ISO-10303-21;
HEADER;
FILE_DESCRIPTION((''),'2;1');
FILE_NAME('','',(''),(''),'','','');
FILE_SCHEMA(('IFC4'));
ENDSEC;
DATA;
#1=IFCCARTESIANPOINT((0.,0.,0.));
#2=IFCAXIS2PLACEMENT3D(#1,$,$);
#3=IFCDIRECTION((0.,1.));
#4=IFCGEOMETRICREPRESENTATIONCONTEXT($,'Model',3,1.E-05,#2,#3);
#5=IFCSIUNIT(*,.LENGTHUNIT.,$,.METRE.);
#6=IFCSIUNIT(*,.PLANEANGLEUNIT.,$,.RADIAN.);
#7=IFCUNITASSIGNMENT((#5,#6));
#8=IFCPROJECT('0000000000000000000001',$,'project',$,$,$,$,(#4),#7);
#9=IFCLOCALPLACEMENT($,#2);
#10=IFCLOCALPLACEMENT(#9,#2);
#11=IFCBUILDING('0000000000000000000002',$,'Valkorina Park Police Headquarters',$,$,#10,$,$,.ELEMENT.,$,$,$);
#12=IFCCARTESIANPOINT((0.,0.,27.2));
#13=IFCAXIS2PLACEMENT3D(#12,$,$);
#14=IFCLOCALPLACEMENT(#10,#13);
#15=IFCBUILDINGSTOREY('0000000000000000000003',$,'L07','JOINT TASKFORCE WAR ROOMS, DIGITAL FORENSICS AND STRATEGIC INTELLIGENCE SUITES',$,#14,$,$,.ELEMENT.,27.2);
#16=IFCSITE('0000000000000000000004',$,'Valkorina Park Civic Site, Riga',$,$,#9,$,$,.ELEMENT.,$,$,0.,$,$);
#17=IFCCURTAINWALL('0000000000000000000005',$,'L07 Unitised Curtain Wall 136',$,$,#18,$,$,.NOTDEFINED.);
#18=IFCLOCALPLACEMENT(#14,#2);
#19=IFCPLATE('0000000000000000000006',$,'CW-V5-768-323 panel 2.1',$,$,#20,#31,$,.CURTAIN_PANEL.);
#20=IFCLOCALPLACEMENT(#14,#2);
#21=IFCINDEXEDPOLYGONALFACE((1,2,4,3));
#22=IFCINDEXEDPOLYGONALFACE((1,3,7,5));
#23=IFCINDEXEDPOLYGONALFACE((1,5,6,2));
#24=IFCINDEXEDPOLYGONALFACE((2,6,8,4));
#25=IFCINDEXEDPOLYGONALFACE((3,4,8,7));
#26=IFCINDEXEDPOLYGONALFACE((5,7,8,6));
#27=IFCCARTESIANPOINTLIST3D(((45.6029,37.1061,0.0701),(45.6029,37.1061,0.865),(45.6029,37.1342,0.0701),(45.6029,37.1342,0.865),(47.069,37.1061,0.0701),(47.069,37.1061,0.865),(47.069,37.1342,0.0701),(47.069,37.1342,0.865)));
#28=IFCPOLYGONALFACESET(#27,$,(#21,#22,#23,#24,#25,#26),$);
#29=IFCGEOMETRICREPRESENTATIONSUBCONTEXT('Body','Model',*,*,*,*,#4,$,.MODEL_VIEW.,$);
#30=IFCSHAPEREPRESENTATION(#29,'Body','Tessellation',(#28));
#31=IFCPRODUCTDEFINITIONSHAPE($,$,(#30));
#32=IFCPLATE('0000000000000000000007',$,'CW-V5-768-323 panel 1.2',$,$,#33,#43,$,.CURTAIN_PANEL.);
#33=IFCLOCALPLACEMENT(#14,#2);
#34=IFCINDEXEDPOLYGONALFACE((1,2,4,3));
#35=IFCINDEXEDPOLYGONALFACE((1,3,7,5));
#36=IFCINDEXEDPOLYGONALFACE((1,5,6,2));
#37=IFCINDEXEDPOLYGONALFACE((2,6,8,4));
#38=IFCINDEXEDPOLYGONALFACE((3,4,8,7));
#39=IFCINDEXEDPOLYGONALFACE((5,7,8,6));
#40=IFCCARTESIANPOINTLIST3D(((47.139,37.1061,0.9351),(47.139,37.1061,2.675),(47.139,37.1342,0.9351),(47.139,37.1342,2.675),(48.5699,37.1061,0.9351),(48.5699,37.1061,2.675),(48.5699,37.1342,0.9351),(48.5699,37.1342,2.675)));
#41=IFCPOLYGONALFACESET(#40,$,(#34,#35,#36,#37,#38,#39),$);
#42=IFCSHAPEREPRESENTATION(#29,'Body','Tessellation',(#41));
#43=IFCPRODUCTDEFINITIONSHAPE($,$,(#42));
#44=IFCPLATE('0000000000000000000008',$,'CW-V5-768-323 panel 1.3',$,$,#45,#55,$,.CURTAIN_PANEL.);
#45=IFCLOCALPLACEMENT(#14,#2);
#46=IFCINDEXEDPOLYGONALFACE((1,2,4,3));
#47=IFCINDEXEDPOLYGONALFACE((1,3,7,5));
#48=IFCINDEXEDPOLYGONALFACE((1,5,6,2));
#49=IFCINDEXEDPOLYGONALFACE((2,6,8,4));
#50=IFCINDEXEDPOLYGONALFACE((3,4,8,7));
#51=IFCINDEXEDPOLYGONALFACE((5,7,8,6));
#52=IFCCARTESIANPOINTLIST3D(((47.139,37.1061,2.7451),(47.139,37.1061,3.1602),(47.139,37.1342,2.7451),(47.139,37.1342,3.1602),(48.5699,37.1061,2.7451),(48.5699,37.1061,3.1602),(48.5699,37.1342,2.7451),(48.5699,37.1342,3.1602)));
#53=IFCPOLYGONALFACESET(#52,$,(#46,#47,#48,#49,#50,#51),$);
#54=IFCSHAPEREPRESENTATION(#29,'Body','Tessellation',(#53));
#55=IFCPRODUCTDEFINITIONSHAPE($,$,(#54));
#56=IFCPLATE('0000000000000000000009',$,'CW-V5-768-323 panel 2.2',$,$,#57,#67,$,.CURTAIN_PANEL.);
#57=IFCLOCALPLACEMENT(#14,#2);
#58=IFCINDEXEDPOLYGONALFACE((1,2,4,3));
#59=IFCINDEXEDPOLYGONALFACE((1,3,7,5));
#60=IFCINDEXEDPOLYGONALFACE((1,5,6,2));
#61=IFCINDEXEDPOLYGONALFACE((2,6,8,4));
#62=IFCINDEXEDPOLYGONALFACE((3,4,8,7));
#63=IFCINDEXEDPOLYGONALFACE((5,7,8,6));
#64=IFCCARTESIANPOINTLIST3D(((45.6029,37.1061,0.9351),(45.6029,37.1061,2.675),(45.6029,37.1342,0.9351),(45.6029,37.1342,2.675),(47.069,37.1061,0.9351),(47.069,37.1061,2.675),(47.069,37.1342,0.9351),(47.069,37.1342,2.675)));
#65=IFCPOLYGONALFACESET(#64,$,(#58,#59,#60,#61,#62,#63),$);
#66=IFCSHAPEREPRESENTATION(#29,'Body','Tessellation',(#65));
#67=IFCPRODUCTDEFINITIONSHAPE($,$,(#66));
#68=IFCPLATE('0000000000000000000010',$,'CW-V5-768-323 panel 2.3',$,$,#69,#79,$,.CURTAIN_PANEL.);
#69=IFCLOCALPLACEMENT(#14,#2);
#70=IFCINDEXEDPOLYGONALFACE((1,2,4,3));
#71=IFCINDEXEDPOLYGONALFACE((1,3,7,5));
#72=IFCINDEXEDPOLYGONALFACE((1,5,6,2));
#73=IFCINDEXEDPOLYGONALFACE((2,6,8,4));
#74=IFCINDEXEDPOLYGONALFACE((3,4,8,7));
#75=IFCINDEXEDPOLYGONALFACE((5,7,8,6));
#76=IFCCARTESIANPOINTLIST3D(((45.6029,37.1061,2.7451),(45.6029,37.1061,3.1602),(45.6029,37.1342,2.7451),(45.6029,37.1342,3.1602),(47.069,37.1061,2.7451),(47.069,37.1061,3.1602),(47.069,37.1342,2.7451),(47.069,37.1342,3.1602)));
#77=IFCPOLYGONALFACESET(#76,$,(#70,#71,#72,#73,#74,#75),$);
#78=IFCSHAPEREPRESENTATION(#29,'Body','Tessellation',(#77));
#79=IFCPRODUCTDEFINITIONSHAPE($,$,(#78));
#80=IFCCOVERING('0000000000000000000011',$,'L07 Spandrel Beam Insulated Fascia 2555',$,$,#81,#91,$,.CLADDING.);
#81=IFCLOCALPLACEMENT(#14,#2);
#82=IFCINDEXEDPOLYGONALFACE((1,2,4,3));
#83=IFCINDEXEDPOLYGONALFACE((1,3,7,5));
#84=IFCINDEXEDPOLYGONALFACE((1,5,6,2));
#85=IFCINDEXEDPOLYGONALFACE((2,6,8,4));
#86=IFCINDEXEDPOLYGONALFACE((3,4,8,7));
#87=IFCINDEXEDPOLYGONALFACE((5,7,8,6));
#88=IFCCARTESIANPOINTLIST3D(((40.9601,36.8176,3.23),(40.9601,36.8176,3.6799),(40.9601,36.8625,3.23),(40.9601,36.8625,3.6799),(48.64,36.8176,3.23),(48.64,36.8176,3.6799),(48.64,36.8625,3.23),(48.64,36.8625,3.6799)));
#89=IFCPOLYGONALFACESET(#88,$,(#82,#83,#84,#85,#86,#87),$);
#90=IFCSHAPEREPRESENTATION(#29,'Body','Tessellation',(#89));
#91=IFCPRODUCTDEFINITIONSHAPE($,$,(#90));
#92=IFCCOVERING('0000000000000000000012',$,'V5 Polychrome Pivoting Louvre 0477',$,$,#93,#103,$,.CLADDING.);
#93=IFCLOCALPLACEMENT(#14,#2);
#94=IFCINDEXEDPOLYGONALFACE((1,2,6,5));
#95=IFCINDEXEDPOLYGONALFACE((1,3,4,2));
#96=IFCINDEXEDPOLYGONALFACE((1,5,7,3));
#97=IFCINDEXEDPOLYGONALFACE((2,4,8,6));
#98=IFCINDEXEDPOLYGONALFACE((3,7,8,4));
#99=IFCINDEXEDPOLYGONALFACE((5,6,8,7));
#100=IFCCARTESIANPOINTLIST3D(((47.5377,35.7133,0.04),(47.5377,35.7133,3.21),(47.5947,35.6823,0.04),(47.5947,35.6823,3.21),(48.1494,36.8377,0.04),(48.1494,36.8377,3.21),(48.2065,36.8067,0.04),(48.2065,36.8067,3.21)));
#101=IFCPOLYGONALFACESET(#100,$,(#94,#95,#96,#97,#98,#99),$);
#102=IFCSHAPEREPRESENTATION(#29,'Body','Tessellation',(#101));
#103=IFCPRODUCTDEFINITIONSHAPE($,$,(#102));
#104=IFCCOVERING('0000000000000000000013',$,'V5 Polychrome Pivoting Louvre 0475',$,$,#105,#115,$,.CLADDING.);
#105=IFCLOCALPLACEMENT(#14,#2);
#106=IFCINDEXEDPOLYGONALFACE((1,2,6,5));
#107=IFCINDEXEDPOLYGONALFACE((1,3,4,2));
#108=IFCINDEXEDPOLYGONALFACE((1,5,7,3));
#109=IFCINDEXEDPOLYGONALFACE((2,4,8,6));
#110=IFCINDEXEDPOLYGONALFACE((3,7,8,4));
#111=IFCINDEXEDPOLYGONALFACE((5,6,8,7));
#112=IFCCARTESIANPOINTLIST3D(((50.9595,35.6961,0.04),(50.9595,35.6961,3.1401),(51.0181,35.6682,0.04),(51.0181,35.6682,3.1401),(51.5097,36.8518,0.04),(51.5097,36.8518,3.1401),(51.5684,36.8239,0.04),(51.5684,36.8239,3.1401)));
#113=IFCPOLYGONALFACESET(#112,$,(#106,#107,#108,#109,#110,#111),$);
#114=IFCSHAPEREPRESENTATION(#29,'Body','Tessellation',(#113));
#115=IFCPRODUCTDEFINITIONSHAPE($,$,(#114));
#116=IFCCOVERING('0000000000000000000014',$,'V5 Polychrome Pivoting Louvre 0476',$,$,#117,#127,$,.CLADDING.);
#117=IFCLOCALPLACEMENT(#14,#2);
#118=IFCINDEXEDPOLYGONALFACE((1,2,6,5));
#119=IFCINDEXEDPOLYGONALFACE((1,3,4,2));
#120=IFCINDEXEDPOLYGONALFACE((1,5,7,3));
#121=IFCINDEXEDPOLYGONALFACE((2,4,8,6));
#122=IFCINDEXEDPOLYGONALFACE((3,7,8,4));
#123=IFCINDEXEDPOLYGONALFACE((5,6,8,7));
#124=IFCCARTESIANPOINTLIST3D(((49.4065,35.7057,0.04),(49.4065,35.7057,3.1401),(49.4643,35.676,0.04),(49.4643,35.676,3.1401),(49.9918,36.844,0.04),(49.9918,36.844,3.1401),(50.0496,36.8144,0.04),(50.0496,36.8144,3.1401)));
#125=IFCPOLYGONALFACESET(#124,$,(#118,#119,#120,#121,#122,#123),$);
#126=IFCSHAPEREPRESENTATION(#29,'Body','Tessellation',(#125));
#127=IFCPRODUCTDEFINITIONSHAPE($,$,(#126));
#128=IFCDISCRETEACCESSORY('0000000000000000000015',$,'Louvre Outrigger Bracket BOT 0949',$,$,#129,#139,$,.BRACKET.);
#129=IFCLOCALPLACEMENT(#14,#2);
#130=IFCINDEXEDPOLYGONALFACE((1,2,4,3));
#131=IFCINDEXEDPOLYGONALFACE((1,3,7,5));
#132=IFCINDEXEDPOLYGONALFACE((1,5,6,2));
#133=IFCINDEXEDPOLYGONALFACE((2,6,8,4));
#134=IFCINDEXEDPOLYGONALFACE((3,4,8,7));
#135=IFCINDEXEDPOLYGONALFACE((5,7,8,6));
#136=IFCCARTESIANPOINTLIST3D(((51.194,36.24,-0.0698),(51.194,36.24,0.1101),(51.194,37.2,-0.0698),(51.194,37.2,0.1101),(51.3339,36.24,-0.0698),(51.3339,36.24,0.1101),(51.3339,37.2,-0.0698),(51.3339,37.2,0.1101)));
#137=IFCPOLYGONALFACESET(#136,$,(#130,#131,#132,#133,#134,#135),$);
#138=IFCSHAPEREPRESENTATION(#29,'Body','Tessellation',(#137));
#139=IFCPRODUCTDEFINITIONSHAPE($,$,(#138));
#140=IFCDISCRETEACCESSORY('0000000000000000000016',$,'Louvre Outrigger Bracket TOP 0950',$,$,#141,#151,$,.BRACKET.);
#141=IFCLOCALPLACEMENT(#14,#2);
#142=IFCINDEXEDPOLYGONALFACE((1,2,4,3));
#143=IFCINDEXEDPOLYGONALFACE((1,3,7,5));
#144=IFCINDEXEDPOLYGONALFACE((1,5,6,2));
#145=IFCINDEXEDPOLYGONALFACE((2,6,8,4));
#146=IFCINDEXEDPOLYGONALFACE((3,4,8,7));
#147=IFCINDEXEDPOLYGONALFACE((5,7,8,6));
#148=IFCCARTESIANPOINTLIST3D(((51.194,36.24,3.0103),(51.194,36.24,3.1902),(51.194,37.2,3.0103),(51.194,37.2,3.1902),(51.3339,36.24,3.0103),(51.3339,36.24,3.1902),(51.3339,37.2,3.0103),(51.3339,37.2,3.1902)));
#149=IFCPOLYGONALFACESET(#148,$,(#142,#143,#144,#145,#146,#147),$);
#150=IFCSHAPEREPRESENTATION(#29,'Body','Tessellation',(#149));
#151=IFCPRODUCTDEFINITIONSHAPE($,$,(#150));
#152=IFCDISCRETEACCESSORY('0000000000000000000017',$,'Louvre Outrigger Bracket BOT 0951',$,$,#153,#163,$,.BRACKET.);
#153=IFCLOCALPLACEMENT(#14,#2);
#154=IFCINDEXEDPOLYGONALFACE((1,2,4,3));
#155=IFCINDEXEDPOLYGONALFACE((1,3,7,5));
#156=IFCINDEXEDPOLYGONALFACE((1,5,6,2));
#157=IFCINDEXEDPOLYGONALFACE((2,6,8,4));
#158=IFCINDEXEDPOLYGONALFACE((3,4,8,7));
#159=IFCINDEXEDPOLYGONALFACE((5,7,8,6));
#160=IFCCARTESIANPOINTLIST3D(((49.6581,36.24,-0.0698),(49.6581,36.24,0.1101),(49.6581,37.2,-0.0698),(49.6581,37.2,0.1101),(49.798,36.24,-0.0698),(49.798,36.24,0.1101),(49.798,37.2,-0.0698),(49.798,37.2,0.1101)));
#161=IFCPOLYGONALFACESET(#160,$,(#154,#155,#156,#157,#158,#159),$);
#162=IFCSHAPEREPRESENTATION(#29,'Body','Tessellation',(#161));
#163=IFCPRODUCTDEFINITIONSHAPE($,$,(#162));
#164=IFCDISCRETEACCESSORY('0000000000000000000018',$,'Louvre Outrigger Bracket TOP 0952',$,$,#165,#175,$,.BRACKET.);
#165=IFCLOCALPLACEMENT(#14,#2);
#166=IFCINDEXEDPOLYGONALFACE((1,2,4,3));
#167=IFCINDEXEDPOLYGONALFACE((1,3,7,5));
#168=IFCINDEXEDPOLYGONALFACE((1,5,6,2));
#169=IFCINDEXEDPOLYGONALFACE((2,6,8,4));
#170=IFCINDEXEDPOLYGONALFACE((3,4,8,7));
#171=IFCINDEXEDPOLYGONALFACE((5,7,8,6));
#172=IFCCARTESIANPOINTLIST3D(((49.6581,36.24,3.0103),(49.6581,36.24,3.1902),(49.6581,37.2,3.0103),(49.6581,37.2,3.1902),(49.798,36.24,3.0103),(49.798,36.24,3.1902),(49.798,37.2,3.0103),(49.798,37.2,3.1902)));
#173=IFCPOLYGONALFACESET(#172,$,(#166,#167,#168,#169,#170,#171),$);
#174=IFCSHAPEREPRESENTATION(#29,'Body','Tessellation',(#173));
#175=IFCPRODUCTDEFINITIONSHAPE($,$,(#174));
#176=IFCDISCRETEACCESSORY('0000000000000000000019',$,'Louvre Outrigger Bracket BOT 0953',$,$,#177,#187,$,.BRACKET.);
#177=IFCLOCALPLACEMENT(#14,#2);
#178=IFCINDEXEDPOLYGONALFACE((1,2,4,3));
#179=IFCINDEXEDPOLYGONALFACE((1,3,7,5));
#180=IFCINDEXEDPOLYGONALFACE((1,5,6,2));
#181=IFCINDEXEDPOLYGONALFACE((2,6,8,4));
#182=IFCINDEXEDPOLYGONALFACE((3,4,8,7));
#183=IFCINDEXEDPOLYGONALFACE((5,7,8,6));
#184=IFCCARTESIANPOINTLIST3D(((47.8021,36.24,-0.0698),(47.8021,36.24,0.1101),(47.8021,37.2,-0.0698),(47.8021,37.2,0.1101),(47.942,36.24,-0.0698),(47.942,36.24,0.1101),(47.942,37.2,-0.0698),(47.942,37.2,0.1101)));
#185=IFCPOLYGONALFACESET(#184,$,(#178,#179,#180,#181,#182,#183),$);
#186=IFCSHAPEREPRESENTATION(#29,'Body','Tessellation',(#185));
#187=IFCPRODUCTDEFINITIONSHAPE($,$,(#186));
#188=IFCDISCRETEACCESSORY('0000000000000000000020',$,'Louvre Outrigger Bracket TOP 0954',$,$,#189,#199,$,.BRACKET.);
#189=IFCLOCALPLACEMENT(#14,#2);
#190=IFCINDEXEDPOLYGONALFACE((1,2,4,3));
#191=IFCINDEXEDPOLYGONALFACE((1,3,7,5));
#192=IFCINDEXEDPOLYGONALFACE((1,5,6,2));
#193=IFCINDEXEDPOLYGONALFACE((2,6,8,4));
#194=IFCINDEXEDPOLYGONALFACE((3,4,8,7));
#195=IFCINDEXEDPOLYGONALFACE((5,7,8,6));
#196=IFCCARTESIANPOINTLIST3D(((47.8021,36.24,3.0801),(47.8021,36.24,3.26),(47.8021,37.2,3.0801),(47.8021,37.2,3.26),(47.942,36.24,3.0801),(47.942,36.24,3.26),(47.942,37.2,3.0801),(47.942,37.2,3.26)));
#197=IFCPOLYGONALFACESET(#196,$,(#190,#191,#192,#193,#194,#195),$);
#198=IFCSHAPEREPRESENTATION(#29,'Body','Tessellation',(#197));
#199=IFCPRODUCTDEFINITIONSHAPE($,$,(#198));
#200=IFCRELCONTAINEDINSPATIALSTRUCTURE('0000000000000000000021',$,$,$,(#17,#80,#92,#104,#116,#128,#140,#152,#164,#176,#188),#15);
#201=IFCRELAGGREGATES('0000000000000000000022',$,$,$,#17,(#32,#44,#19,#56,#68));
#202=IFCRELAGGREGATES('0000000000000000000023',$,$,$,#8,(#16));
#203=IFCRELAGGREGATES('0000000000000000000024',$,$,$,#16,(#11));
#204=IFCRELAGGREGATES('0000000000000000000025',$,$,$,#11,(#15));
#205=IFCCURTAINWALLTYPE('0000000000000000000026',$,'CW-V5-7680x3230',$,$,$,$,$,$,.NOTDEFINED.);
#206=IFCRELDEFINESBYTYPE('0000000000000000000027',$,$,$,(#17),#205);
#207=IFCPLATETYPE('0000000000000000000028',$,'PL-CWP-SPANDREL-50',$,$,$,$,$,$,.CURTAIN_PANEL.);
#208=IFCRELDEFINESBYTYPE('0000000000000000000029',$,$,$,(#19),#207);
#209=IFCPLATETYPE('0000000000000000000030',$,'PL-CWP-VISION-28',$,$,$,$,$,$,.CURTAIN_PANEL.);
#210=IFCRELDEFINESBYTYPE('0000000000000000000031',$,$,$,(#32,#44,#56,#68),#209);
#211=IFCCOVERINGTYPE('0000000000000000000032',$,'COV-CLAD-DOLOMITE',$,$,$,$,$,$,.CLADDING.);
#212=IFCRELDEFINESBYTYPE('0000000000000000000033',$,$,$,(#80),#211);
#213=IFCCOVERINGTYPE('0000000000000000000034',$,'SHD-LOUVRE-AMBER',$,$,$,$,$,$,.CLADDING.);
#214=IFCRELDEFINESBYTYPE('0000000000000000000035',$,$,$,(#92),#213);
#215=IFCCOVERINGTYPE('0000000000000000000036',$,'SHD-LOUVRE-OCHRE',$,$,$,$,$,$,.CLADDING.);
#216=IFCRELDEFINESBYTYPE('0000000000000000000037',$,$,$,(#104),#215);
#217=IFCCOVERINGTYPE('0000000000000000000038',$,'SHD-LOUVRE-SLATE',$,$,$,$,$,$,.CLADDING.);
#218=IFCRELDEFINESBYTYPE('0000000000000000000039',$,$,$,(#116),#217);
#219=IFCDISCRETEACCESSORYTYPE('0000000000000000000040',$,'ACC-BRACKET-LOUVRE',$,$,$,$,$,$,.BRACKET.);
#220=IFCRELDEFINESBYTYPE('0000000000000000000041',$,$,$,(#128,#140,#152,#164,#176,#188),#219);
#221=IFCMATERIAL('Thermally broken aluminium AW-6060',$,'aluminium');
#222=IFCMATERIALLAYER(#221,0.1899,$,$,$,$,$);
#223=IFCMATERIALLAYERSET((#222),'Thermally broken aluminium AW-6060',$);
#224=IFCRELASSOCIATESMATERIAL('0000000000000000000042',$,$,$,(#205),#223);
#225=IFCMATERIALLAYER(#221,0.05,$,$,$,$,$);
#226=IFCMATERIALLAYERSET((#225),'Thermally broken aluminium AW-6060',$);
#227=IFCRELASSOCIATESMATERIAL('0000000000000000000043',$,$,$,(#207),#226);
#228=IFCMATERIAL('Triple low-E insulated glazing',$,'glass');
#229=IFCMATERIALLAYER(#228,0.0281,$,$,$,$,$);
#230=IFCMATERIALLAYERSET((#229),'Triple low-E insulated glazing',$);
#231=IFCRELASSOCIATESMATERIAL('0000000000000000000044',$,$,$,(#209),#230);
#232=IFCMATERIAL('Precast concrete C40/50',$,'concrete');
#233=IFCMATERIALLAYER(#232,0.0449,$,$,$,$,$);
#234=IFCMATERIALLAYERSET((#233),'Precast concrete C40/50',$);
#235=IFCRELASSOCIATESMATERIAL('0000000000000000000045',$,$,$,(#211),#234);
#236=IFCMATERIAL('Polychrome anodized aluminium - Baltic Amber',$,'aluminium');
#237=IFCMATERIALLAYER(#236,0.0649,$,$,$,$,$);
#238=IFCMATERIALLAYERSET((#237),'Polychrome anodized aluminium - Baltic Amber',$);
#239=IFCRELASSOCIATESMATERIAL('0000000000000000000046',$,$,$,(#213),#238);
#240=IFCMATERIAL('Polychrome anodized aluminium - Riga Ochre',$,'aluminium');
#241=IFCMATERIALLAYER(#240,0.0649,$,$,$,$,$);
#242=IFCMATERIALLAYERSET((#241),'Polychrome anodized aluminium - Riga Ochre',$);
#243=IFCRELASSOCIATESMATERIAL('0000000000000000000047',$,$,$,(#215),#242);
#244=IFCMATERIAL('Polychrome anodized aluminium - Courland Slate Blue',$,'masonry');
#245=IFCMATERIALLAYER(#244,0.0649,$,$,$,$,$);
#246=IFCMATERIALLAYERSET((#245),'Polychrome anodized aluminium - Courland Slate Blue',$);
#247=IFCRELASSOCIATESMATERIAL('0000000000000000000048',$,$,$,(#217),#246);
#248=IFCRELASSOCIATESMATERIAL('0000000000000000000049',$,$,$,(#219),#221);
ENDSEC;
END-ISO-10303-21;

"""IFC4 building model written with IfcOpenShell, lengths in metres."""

from ifc_helpers import new_model, si_unit, direction, frame, frame_2d, origin, origin_2d, place, context, subcontext, project, spatial, rectangle, extrude, material, layer, layer_set, type_object, element, aggregate, save


model = new_model("IFC4")

# Units and contexts
model_context = context("Model", 3, precision=1e-05, world=origin(), true_north=direction((0.0, 1.0)))
body_context = subcontext(model_context, "Body", "Model", "MODEL_VIEW")
ifc_project = project(units=[si_unit("LENGTHUNIT", "METRE"), si_unit("PLANEANGLEUNIT", "RADIAN")], contexts=[model_context])

# Site, building, storey
site_placement = place(None, origin())
site = spatial("IfcSite", under=ifc_project, at=site_placement, Name="Valkorina Park Civic Site, Riga", CompositionType="ELEMENT", RefElevation=0.0)
building_placement = place(site_placement, origin())
building = spatial("IfcBuilding", under=site, at=building_placement, Name="Valkorina Park Police Headquarters", CompositionType="ELEMENT")
storey_placement = place(building_placement, frame((0.0, 0.0, 27.2)))
storey = spatial("IfcBuildingStorey", under=building, at=storey_placement, Name="L07", Description="JOINT TASKFORCE WAR ROOMS, DIGITAL FORENSICS AND STRATEGIC INTELLIGENCE SUITES", CompositionType="ELEMENT", Elevation=27.2)

# Curtain wall, plates
ifc_material_1 = material(Name="Thermally broken aluminium AW-6060", Category="aluminium")
ifc_layer_1 = layer(ifc_material_1, 0.1899)
ifc_layer_set_1 = layer_set([ifc_layer_1], Name="Thermally broken aluminium AW-6060")
curtain_wall_type = type_object("IfcCurtainWallType", Name="CW-V5-7680x3230", PredefinedType="NOTDEFINED", material=ifc_layer_set_1)
curtain_wall_placement = place(storey_placement, origin())
curtain_wall = element("IfcCurtainWall", 1, at=curtain_wall_placement, inside=storey, type_object=curtain_wall_type, Name="L07 Unitised Curtain Wall 136", PredefinedType="NOTDEFINED")
ifc_layer_2 = layer(ifc_material_1, 0.05)
ifc_layer_set_2 = layer_set([ifc_layer_2], Name="Thermally broken aluminium AW-6060")
plate_type_1 = type_object("IfcPlateType", Name="PL-CWP-SPANDREL-50", PredefinedType="CURTAIN_PANEL", material=ifc_layer_set_2)
plate_1_placement = place(storey_placement, frame((46.3359, 37.1201, 0.0701), z_axis=(0.0, 0.0, 1.0), x_axis=(-1.0, 0.0, 0.0)))
plate_1 = element("IfcPlate", 2, at=plate_1_placement, type_object=plate_type_1, Name="CW-V5-768-323 panel 2.1", PredefinedType="CURTAIN_PANEL", context=body_context, shape_type="SweptSolid", body=[
    extrude(rectangle(XDim=1.4661, YDim=0.0281, at=origin_2d()), origin(), (0.0, 0.0, 1.0), 0.7949),
])
ifc_material_2 = material(Name="Triple low-E insulated glazing", Category="glass")
ifc_layer_3 = layer(ifc_material_2, 0.0281)
ifc_layer_set_3 = layer_set([ifc_layer_3], Name="Triple low-E insulated glazing")
plate_type_2 = type_object("IfcPlateType", Name="PL-CWP-VISION-28", PredefinedType="CURTAIN_PANEL", material=ifc_layer_set_3)
plate_2_placement = place(storey_placement, frame((47.8545, 37.1201, 0.9351), z_axis=(0.0, 0.0, 1.0), x_axis=(-1.0, 0.0, 0.0)))
plate_2 = element("IfcPlate", 3, at=plate_2_placement, type_object=plate_type_2, Name="CW-V5-768-323 panel 1.2", PredefinedType="CURTAIN_PANEL", context=body_context, shape_type="SweptSolid", body=[
    extrude(rectangle(XDim=1.4309, YDim=0.0281, at=origin_2d()), origin(), (0.0, 0.0, 1.0), 1.74),
])
plate_3_placement = place(storey_placement, frame((47.8545, 37.1201, 2.7451), z_axis=(0.0, 0.0, 1.0), x_axis=(-1.0, 0.0, 0.0)))
plate_3 = element("IfcPlate", 4, at=plate_3_placement, type_object=plate_type_2, Name="CW-V5-768-323 panel 1.3", PredefinedType="CURTAIN_PANEL", context=body_context, shape_type="SweptSolid", body=[
    extrude(rectangle(XDim=1.4309, YDim=0.0281, at=origin_2d()), origin(), (0.0, 0.0, 1.0), 0.415),
])
plate_4_placement = place(storey_placement, frame((46.3359, 37.1201, 0.9351), z_axis=(0.0, 0.0, 1.0), x_axis=(-1.0, 0.0, 0.0)))
plate_4 = element("IfcPlate", 5, at=plate_4_placement, type_object=plate_type_2, Name="CW-V5-768-323 panel 2.2", PredefinedType="CURTAIN_PANEL", context=body_context, shape_type="SweptSolid", body=[
    extrude(rectangle(XDim=1.4661, YDim=0.0281, at=origin_2d()), origin(), (0.0, 0.0, 1.0), 1.74),
])
plate_5_placement = place(storey_placement, frame((46.3359, 37.1201, 2.7451), z_axis=(0.0, 0.0, 1.0), x_axis=(-1.0, 0.0, 0.0)))
plate_5 = element("IfcPlate", 6, at=plate_5_placement, type_object=plate_type_2, Name="CW-V5-768-323 panel 2.3", PredefinedType="CURTAIN_PANEL", context=body_context, shape_type="SweptSolid", body=[
    extrude(rectangle(XDim=1.4661, YDim=0.0281, at=origin_2d()), origin(), (0.0, 0.0, 1.0), 0.415),
])
aggregate(curtain_wall, [plate_2, plate_3, plate_1, plate_4, plate_5])

# Coverings
ifc_material_3 = material(Name="Precast concrete C40/50", Category="concrete")
ifc_layer_4 = layer(ifc_material_3, 0.0449)
ifc_layer_set_4 = layer_set([ifc_layer_4], Name="Precast concrete C40/50")
covering_type_1 = type_object("IfcCoveringType", Name="COV-CLAD-DOLOMITE", PredefinedType="CLADDING", material=ifc_layer_set_4)
covering_1_placement = place(storey_placement, frame((48.6399, 36.8401, 3.23), z_axis=(0.0, 0.0, 1.0), x_axis=(-1.0, 0.0, 0.0)))
element("IfcCovering", 7, at=covering_1_placement, inside=storey, type_object=covering_type_1, Name="L07 Spandrel Beam Insulated Fascia 2555", PredefinedType="CLADDING", context=body_context, shape_type="SweptSolid", body=[
    extrude(rectangle(XDim=7.6799, YDim=0.0449, at=frame_2d((3.8398, 0.0))), origin(), (0.0, 0.0, 1.0), 0.45),
])
ifc_material_4 = material(Name="Polychrome anodized aluminium - Baltic Amber", Category="aluminium")
ifc_layer_5 = layer(ifc_material_4, 0.0649)
ifc_layer_set_5 = layer_set([ifc_layer_5], Name="Polychrome anodized aluminium - Baltic Amber")
covering_type_2 = type_object("IfcCoveringType", Name="SHD-LOUVRE-AMBER", PredefinedType="CLADDING", material=ifc_layer_set_5)
covering_2_placement = place(storey_placement, frame((47.8721, 36.26, 0.04), z_axis=(0.0, 0.0, 1.0), x_axis=(-0.477925, -0.8784, 0.0)))
element("IfcCovering", 8, at=covering_2_placement, inside=storey, type_object=covering_type_2, Name="V5 Polychrome Pivoting Louvre 0477", PredefinedType="CLADDING", context=body_context, shape_type="SweptSolid", body=[
    extrude(rectangle(XDim=1.28, YDim=0.0649, at=origin_2d()), origin(), (0.0, 0.0, 1.0), 3.1699),
])
ifc_material_5 = material(Name="Polychrome anodized aluminium - Riga Ochre", Category="aluminium")
ifc_layer_6 = layer(ifc_material_5, 0.0649)
ifc_layer_set_6 = layer_set([ifc_layer_6], Name="Polychrome anodized aluminium - Riga Ochre")
covering_type_3 = type_object("IfcCoveringType", Name="SHD-LOUVRE-OCHRE", PredefinedType="CLADDING", material=ifc_layer_set_6)
covering_3_placement = place(storey_placement, frame((51.2639, 36.26, 0.04), z_axis=(0.0, 0.0, 1.0), x_axis=(-0.429881, -0.902886, 0.0)))
element("IfcCovering", 9, at=covering_3_placement, inside=storey, type_object=covering_type_3, Name="V5 Polychrome Pivoting Louvre 0475", PredefinedType="CLADDING", context=body_context, shape_type="SweptSolid", body=[
    extrude(rectangle(XDim=1.28, YDim=0.0649, at=origin_2d()), origin(), (0.0, 0.0, 1.0), 3.1001),
])
ifc_material_6 = material(Name="Polychrome anodized aluminium - Courland Slate Blue", Category="masonry")
ifc_layer_7 = layer(ifc_material_6, 0.0649)
ifc_layer_set_7 = layer_set([ifc_layer_7], Name="Polychrome anodized aluminium - Courland Slate Blue")
covering_type_4 = type_object("IfcCoveringType", Name="SHD-LOUVRE-SLATE", PredefinedType="CLADDING", material=ifc_layer_set_7)
covering_4_placement = place(storey_placement, frame((49.728, 36.26, 0.04), z_axis=(0.0, 0.0, 1.0), x_axis=(-0.457253, -0.889337, 0.0)))
element("IfcCovering", 10, at=covering_4_placement, inside=storey, type_object=covering_type_4, Name="V5 Polychrome Pivoting Louvre 0476", PredefinedType="CLADDING", context=body_context, shape_type="SweptSolid", body=[
    extrude(rectangle(XDim=1.28, YDim=0.0649, at=origin_2d()), origin(), (0.0, 0.0, 1.0), 3.1001),
])

# Discrete accessories
discrete_accessory_type = type_object("IfcDiscreteAccessoryType", Name="ACC-BRACKET-LOUVRE", PredefinedType="BRACKET", material=ifc_material_1)
for number, where, z_axis, x_axis, name in (
    (11, (51.2639, 36.72, -0.0698), (0.0, 0.0, 1.0), (0.0, -1.0, 0.0), "Louvre Outrigger Bracket BOT 0949"),
    (12, (51.2639, 36.72, 3.0103), (0.0, 0.0, 1.0), (0.0, -1.0, 0.0), "Louvre Outrigger Bracket TOP 0950"),
    (13, (49.728, 36.72, -0.0698), (0.0, 0.0, 1.0), (0.0, -1.0, 0.0), "Louvre Outrigger Bracket BOT 0951"),
    (14, (49.728, 36.72, 3.0103), (0.0, 0.0, 1.0), (0.0, -1.0, 0.0), "Louvre Outrigger Bracket TOP 0952"),
    (15, (47.8721, 36.72, -0.0698), (0.0, 0.0, 1.0), (0.0, -1.0, 0.0), "Louvre Outrigger Bracket BOT 0953"),
    (16, (47.8721, 36.72, 3.0801), (0.0, 0.0, 1.0), (0.0, -1.0, 0.0), "Louvre Outrigger Bracket TOP 0954"),
):
    element("IfcDiscreteAccessory", number, at=place(storey_placement, frame(where, z_axis=z_axis, x_axis=x_axis)), inside=storey, type_object=discrete_accessory_type, Name=name, PredefinedType="BRACKET", context=body_context, shape_type="SweptSolid", body=[
        extrude(rectangle(XDim=0.96, YDim=0.1399, at=origin_2d()), origin(), (0.0, 0.0, 1.0), 0.1799),
    ])

save(model, "model.ifc")
